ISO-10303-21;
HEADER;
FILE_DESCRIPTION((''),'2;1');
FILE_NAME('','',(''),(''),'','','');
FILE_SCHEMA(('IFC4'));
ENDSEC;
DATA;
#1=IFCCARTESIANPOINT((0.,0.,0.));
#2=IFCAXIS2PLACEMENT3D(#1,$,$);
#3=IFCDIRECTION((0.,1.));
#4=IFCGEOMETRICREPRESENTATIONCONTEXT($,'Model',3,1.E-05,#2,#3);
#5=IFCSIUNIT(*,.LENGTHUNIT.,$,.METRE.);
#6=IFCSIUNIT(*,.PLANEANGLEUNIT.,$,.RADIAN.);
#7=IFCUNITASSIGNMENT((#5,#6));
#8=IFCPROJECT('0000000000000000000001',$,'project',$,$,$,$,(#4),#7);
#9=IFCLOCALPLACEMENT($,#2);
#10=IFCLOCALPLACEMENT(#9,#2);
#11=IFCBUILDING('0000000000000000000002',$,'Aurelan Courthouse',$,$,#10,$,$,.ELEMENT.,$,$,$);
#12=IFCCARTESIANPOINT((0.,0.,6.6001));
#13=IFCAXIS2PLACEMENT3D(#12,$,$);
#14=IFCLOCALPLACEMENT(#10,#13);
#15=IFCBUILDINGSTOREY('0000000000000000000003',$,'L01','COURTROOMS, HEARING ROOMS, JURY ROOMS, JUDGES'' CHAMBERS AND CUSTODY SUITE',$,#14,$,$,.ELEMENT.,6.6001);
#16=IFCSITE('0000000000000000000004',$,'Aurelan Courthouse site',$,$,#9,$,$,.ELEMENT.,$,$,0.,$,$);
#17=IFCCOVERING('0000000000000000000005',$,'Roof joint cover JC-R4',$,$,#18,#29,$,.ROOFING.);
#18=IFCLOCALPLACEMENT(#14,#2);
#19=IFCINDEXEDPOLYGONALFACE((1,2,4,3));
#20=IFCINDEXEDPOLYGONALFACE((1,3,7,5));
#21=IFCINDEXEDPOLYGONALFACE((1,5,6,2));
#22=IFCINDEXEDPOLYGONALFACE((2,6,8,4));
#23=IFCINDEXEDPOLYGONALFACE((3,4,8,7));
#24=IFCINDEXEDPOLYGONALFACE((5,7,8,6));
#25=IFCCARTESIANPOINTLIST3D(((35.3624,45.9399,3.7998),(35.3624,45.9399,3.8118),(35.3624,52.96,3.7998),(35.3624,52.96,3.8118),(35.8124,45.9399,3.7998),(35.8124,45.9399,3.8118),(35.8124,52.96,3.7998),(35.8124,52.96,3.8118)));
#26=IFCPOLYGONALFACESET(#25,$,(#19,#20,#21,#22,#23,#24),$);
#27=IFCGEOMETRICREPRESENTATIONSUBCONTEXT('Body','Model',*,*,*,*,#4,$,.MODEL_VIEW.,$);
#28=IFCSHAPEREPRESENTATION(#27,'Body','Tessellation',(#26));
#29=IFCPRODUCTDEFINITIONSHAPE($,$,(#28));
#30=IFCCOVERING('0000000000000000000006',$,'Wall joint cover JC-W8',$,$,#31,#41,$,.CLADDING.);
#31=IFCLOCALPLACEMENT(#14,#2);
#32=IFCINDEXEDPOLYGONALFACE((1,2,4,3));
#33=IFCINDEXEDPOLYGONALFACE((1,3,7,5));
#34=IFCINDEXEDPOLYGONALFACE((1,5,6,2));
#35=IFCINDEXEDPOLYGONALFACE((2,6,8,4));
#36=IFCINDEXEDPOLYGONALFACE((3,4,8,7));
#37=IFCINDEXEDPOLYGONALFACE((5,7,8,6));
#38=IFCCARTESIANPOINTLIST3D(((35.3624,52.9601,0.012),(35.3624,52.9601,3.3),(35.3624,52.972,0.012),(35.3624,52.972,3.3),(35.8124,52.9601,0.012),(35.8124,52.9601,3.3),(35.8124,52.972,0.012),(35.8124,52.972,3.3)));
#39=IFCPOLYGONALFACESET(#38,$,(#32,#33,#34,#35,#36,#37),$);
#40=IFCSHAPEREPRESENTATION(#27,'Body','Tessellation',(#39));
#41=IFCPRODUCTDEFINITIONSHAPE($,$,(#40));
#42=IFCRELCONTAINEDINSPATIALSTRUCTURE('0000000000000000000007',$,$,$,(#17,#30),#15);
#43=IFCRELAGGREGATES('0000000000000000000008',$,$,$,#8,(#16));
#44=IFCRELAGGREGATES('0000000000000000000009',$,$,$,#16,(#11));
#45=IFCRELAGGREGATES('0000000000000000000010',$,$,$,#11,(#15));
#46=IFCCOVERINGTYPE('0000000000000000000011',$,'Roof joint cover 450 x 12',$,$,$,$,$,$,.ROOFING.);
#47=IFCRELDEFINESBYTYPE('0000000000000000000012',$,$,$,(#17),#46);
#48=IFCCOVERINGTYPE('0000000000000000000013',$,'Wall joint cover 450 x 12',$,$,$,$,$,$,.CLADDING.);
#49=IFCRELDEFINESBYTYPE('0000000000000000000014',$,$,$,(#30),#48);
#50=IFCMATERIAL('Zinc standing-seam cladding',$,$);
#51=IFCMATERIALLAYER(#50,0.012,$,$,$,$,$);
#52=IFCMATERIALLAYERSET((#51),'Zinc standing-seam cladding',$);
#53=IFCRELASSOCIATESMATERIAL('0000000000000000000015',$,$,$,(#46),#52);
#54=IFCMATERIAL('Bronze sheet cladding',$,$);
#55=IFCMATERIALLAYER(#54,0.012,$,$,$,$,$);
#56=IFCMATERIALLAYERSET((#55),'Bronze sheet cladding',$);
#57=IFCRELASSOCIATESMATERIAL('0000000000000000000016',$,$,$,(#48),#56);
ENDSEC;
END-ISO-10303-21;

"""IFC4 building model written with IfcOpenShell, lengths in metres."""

from ifc_helpers import new_model, si_unit, direction, frame, origin, origin_2d, place, context, subcontext, project, spatial, rectangle, extrude, material, layer, layer_set, type_object, element, save


model = new_model("IFC4")

# Units and contexts
model_context = context("Model", 3, precision=1e-05, world=origin(), true_north=direction((0.0, 1.0)))
body_context = subcontext(model_context, "Body", "Model", "MODEL_VIEW")
ifc_project = project(units=[si_unit("LENGTHUNIT", "METRE"), si_unit("PLANEANGLEUNIT", "RADIAN")], contexts=[model_context])

# Site, building, storey
site_placement = place(None, origin())
site = spatial("IfcSite", under=ifc_project, at=site_placement, Name="Aurelan Courthouse site", CompositionType="ELEMENT", RefElevation=0.0)
building_placement = place(site_placement, origin())
building = spatial("IfcBuilding", under=site, at=building_placement, Name="Aurelan Courthouse", CompositionType="ELEMENT")
storey_placement = place(building_placement, frame((0.0, 0.0, 6.6001)))
storey = spatial("IfcBuildingStorey", under=building, at=storey_placement, Name="L01", Description="COURTROOMS, HEARING ROOMS, JURY ROOMS, JUDGES' CHAMBERS AND CUSTODY SUITE", CompositionType="ELEMENT", Elevation=6.6001)

# Coverings
ifc_material_1 = material(Name="Zinc standing-seam cladding")
ifc_layer_1 = layer(ifc_material_1, 0.012)
ifc_layer_set_1 = layer_set([ifc_layer_1], Name="Zinc standing-seam cladding")
covering_type_1 = type_object("IfcCoveringType", Name="Roof joint cover 450 x 12", PredefinedType="ROOFING", material=ifc_layer_set_1)
covering_1_placement = place(storey_placement, frame((35.5874, 49.45, 3.7998), z_axis=(0.0, 0.0, 1.0), x_axis=(1.0, 0.0, 0.0)))
element("IfcCovering", 1, at=covering_1_placement, inside=storey, type_object=covering_type_1, Name="Roof joint cover JC-R4", PredefinedType="ROOFING", context=body_context, shape_type="SweptSolid", body=[
    extrude(rectangle(XDim=0.45, YDim=7.02, at=origin_2d()), origin(), (0.0, 0.0, 1.0), 0.012),
])
ifc_material_2 = material(Name="Bronze sheet cladding")
ifc_layer_2 = layer(ifc_material_2, 0.012)
ifc_layer_set_2 = layer_set([ifc_layer_2], Name="Bronze sheet cladding")
covering_type_2 = type_object("IfcCoveringType", Name="Wall joint cover 450 x 12", PredefinedType="CLADDING", material=ifc_layer_set_2)
covering_2_placement = place(storey_placement, frame((35.5874, 52.9661, 0.012), z_axis=(0.0, 0.0, 1.0), x_axis=(1.0, 0.0, 0.0)))
element("IfcCovering", 2, at=covering_2_placement, inside=storey, type_object=covering_type_2, Name="Wall joint cover JC-W8", PredefinedType="CLADDING", context=body_context, shape_type="SweptSolid", body=[
    extrude(rectangle(XDim=0.45, YDim=0.012, at=origin_2d()), origin(), (0.0, 0.0, 1.0), 3.2881),
])

save(model, "model.ifc")
